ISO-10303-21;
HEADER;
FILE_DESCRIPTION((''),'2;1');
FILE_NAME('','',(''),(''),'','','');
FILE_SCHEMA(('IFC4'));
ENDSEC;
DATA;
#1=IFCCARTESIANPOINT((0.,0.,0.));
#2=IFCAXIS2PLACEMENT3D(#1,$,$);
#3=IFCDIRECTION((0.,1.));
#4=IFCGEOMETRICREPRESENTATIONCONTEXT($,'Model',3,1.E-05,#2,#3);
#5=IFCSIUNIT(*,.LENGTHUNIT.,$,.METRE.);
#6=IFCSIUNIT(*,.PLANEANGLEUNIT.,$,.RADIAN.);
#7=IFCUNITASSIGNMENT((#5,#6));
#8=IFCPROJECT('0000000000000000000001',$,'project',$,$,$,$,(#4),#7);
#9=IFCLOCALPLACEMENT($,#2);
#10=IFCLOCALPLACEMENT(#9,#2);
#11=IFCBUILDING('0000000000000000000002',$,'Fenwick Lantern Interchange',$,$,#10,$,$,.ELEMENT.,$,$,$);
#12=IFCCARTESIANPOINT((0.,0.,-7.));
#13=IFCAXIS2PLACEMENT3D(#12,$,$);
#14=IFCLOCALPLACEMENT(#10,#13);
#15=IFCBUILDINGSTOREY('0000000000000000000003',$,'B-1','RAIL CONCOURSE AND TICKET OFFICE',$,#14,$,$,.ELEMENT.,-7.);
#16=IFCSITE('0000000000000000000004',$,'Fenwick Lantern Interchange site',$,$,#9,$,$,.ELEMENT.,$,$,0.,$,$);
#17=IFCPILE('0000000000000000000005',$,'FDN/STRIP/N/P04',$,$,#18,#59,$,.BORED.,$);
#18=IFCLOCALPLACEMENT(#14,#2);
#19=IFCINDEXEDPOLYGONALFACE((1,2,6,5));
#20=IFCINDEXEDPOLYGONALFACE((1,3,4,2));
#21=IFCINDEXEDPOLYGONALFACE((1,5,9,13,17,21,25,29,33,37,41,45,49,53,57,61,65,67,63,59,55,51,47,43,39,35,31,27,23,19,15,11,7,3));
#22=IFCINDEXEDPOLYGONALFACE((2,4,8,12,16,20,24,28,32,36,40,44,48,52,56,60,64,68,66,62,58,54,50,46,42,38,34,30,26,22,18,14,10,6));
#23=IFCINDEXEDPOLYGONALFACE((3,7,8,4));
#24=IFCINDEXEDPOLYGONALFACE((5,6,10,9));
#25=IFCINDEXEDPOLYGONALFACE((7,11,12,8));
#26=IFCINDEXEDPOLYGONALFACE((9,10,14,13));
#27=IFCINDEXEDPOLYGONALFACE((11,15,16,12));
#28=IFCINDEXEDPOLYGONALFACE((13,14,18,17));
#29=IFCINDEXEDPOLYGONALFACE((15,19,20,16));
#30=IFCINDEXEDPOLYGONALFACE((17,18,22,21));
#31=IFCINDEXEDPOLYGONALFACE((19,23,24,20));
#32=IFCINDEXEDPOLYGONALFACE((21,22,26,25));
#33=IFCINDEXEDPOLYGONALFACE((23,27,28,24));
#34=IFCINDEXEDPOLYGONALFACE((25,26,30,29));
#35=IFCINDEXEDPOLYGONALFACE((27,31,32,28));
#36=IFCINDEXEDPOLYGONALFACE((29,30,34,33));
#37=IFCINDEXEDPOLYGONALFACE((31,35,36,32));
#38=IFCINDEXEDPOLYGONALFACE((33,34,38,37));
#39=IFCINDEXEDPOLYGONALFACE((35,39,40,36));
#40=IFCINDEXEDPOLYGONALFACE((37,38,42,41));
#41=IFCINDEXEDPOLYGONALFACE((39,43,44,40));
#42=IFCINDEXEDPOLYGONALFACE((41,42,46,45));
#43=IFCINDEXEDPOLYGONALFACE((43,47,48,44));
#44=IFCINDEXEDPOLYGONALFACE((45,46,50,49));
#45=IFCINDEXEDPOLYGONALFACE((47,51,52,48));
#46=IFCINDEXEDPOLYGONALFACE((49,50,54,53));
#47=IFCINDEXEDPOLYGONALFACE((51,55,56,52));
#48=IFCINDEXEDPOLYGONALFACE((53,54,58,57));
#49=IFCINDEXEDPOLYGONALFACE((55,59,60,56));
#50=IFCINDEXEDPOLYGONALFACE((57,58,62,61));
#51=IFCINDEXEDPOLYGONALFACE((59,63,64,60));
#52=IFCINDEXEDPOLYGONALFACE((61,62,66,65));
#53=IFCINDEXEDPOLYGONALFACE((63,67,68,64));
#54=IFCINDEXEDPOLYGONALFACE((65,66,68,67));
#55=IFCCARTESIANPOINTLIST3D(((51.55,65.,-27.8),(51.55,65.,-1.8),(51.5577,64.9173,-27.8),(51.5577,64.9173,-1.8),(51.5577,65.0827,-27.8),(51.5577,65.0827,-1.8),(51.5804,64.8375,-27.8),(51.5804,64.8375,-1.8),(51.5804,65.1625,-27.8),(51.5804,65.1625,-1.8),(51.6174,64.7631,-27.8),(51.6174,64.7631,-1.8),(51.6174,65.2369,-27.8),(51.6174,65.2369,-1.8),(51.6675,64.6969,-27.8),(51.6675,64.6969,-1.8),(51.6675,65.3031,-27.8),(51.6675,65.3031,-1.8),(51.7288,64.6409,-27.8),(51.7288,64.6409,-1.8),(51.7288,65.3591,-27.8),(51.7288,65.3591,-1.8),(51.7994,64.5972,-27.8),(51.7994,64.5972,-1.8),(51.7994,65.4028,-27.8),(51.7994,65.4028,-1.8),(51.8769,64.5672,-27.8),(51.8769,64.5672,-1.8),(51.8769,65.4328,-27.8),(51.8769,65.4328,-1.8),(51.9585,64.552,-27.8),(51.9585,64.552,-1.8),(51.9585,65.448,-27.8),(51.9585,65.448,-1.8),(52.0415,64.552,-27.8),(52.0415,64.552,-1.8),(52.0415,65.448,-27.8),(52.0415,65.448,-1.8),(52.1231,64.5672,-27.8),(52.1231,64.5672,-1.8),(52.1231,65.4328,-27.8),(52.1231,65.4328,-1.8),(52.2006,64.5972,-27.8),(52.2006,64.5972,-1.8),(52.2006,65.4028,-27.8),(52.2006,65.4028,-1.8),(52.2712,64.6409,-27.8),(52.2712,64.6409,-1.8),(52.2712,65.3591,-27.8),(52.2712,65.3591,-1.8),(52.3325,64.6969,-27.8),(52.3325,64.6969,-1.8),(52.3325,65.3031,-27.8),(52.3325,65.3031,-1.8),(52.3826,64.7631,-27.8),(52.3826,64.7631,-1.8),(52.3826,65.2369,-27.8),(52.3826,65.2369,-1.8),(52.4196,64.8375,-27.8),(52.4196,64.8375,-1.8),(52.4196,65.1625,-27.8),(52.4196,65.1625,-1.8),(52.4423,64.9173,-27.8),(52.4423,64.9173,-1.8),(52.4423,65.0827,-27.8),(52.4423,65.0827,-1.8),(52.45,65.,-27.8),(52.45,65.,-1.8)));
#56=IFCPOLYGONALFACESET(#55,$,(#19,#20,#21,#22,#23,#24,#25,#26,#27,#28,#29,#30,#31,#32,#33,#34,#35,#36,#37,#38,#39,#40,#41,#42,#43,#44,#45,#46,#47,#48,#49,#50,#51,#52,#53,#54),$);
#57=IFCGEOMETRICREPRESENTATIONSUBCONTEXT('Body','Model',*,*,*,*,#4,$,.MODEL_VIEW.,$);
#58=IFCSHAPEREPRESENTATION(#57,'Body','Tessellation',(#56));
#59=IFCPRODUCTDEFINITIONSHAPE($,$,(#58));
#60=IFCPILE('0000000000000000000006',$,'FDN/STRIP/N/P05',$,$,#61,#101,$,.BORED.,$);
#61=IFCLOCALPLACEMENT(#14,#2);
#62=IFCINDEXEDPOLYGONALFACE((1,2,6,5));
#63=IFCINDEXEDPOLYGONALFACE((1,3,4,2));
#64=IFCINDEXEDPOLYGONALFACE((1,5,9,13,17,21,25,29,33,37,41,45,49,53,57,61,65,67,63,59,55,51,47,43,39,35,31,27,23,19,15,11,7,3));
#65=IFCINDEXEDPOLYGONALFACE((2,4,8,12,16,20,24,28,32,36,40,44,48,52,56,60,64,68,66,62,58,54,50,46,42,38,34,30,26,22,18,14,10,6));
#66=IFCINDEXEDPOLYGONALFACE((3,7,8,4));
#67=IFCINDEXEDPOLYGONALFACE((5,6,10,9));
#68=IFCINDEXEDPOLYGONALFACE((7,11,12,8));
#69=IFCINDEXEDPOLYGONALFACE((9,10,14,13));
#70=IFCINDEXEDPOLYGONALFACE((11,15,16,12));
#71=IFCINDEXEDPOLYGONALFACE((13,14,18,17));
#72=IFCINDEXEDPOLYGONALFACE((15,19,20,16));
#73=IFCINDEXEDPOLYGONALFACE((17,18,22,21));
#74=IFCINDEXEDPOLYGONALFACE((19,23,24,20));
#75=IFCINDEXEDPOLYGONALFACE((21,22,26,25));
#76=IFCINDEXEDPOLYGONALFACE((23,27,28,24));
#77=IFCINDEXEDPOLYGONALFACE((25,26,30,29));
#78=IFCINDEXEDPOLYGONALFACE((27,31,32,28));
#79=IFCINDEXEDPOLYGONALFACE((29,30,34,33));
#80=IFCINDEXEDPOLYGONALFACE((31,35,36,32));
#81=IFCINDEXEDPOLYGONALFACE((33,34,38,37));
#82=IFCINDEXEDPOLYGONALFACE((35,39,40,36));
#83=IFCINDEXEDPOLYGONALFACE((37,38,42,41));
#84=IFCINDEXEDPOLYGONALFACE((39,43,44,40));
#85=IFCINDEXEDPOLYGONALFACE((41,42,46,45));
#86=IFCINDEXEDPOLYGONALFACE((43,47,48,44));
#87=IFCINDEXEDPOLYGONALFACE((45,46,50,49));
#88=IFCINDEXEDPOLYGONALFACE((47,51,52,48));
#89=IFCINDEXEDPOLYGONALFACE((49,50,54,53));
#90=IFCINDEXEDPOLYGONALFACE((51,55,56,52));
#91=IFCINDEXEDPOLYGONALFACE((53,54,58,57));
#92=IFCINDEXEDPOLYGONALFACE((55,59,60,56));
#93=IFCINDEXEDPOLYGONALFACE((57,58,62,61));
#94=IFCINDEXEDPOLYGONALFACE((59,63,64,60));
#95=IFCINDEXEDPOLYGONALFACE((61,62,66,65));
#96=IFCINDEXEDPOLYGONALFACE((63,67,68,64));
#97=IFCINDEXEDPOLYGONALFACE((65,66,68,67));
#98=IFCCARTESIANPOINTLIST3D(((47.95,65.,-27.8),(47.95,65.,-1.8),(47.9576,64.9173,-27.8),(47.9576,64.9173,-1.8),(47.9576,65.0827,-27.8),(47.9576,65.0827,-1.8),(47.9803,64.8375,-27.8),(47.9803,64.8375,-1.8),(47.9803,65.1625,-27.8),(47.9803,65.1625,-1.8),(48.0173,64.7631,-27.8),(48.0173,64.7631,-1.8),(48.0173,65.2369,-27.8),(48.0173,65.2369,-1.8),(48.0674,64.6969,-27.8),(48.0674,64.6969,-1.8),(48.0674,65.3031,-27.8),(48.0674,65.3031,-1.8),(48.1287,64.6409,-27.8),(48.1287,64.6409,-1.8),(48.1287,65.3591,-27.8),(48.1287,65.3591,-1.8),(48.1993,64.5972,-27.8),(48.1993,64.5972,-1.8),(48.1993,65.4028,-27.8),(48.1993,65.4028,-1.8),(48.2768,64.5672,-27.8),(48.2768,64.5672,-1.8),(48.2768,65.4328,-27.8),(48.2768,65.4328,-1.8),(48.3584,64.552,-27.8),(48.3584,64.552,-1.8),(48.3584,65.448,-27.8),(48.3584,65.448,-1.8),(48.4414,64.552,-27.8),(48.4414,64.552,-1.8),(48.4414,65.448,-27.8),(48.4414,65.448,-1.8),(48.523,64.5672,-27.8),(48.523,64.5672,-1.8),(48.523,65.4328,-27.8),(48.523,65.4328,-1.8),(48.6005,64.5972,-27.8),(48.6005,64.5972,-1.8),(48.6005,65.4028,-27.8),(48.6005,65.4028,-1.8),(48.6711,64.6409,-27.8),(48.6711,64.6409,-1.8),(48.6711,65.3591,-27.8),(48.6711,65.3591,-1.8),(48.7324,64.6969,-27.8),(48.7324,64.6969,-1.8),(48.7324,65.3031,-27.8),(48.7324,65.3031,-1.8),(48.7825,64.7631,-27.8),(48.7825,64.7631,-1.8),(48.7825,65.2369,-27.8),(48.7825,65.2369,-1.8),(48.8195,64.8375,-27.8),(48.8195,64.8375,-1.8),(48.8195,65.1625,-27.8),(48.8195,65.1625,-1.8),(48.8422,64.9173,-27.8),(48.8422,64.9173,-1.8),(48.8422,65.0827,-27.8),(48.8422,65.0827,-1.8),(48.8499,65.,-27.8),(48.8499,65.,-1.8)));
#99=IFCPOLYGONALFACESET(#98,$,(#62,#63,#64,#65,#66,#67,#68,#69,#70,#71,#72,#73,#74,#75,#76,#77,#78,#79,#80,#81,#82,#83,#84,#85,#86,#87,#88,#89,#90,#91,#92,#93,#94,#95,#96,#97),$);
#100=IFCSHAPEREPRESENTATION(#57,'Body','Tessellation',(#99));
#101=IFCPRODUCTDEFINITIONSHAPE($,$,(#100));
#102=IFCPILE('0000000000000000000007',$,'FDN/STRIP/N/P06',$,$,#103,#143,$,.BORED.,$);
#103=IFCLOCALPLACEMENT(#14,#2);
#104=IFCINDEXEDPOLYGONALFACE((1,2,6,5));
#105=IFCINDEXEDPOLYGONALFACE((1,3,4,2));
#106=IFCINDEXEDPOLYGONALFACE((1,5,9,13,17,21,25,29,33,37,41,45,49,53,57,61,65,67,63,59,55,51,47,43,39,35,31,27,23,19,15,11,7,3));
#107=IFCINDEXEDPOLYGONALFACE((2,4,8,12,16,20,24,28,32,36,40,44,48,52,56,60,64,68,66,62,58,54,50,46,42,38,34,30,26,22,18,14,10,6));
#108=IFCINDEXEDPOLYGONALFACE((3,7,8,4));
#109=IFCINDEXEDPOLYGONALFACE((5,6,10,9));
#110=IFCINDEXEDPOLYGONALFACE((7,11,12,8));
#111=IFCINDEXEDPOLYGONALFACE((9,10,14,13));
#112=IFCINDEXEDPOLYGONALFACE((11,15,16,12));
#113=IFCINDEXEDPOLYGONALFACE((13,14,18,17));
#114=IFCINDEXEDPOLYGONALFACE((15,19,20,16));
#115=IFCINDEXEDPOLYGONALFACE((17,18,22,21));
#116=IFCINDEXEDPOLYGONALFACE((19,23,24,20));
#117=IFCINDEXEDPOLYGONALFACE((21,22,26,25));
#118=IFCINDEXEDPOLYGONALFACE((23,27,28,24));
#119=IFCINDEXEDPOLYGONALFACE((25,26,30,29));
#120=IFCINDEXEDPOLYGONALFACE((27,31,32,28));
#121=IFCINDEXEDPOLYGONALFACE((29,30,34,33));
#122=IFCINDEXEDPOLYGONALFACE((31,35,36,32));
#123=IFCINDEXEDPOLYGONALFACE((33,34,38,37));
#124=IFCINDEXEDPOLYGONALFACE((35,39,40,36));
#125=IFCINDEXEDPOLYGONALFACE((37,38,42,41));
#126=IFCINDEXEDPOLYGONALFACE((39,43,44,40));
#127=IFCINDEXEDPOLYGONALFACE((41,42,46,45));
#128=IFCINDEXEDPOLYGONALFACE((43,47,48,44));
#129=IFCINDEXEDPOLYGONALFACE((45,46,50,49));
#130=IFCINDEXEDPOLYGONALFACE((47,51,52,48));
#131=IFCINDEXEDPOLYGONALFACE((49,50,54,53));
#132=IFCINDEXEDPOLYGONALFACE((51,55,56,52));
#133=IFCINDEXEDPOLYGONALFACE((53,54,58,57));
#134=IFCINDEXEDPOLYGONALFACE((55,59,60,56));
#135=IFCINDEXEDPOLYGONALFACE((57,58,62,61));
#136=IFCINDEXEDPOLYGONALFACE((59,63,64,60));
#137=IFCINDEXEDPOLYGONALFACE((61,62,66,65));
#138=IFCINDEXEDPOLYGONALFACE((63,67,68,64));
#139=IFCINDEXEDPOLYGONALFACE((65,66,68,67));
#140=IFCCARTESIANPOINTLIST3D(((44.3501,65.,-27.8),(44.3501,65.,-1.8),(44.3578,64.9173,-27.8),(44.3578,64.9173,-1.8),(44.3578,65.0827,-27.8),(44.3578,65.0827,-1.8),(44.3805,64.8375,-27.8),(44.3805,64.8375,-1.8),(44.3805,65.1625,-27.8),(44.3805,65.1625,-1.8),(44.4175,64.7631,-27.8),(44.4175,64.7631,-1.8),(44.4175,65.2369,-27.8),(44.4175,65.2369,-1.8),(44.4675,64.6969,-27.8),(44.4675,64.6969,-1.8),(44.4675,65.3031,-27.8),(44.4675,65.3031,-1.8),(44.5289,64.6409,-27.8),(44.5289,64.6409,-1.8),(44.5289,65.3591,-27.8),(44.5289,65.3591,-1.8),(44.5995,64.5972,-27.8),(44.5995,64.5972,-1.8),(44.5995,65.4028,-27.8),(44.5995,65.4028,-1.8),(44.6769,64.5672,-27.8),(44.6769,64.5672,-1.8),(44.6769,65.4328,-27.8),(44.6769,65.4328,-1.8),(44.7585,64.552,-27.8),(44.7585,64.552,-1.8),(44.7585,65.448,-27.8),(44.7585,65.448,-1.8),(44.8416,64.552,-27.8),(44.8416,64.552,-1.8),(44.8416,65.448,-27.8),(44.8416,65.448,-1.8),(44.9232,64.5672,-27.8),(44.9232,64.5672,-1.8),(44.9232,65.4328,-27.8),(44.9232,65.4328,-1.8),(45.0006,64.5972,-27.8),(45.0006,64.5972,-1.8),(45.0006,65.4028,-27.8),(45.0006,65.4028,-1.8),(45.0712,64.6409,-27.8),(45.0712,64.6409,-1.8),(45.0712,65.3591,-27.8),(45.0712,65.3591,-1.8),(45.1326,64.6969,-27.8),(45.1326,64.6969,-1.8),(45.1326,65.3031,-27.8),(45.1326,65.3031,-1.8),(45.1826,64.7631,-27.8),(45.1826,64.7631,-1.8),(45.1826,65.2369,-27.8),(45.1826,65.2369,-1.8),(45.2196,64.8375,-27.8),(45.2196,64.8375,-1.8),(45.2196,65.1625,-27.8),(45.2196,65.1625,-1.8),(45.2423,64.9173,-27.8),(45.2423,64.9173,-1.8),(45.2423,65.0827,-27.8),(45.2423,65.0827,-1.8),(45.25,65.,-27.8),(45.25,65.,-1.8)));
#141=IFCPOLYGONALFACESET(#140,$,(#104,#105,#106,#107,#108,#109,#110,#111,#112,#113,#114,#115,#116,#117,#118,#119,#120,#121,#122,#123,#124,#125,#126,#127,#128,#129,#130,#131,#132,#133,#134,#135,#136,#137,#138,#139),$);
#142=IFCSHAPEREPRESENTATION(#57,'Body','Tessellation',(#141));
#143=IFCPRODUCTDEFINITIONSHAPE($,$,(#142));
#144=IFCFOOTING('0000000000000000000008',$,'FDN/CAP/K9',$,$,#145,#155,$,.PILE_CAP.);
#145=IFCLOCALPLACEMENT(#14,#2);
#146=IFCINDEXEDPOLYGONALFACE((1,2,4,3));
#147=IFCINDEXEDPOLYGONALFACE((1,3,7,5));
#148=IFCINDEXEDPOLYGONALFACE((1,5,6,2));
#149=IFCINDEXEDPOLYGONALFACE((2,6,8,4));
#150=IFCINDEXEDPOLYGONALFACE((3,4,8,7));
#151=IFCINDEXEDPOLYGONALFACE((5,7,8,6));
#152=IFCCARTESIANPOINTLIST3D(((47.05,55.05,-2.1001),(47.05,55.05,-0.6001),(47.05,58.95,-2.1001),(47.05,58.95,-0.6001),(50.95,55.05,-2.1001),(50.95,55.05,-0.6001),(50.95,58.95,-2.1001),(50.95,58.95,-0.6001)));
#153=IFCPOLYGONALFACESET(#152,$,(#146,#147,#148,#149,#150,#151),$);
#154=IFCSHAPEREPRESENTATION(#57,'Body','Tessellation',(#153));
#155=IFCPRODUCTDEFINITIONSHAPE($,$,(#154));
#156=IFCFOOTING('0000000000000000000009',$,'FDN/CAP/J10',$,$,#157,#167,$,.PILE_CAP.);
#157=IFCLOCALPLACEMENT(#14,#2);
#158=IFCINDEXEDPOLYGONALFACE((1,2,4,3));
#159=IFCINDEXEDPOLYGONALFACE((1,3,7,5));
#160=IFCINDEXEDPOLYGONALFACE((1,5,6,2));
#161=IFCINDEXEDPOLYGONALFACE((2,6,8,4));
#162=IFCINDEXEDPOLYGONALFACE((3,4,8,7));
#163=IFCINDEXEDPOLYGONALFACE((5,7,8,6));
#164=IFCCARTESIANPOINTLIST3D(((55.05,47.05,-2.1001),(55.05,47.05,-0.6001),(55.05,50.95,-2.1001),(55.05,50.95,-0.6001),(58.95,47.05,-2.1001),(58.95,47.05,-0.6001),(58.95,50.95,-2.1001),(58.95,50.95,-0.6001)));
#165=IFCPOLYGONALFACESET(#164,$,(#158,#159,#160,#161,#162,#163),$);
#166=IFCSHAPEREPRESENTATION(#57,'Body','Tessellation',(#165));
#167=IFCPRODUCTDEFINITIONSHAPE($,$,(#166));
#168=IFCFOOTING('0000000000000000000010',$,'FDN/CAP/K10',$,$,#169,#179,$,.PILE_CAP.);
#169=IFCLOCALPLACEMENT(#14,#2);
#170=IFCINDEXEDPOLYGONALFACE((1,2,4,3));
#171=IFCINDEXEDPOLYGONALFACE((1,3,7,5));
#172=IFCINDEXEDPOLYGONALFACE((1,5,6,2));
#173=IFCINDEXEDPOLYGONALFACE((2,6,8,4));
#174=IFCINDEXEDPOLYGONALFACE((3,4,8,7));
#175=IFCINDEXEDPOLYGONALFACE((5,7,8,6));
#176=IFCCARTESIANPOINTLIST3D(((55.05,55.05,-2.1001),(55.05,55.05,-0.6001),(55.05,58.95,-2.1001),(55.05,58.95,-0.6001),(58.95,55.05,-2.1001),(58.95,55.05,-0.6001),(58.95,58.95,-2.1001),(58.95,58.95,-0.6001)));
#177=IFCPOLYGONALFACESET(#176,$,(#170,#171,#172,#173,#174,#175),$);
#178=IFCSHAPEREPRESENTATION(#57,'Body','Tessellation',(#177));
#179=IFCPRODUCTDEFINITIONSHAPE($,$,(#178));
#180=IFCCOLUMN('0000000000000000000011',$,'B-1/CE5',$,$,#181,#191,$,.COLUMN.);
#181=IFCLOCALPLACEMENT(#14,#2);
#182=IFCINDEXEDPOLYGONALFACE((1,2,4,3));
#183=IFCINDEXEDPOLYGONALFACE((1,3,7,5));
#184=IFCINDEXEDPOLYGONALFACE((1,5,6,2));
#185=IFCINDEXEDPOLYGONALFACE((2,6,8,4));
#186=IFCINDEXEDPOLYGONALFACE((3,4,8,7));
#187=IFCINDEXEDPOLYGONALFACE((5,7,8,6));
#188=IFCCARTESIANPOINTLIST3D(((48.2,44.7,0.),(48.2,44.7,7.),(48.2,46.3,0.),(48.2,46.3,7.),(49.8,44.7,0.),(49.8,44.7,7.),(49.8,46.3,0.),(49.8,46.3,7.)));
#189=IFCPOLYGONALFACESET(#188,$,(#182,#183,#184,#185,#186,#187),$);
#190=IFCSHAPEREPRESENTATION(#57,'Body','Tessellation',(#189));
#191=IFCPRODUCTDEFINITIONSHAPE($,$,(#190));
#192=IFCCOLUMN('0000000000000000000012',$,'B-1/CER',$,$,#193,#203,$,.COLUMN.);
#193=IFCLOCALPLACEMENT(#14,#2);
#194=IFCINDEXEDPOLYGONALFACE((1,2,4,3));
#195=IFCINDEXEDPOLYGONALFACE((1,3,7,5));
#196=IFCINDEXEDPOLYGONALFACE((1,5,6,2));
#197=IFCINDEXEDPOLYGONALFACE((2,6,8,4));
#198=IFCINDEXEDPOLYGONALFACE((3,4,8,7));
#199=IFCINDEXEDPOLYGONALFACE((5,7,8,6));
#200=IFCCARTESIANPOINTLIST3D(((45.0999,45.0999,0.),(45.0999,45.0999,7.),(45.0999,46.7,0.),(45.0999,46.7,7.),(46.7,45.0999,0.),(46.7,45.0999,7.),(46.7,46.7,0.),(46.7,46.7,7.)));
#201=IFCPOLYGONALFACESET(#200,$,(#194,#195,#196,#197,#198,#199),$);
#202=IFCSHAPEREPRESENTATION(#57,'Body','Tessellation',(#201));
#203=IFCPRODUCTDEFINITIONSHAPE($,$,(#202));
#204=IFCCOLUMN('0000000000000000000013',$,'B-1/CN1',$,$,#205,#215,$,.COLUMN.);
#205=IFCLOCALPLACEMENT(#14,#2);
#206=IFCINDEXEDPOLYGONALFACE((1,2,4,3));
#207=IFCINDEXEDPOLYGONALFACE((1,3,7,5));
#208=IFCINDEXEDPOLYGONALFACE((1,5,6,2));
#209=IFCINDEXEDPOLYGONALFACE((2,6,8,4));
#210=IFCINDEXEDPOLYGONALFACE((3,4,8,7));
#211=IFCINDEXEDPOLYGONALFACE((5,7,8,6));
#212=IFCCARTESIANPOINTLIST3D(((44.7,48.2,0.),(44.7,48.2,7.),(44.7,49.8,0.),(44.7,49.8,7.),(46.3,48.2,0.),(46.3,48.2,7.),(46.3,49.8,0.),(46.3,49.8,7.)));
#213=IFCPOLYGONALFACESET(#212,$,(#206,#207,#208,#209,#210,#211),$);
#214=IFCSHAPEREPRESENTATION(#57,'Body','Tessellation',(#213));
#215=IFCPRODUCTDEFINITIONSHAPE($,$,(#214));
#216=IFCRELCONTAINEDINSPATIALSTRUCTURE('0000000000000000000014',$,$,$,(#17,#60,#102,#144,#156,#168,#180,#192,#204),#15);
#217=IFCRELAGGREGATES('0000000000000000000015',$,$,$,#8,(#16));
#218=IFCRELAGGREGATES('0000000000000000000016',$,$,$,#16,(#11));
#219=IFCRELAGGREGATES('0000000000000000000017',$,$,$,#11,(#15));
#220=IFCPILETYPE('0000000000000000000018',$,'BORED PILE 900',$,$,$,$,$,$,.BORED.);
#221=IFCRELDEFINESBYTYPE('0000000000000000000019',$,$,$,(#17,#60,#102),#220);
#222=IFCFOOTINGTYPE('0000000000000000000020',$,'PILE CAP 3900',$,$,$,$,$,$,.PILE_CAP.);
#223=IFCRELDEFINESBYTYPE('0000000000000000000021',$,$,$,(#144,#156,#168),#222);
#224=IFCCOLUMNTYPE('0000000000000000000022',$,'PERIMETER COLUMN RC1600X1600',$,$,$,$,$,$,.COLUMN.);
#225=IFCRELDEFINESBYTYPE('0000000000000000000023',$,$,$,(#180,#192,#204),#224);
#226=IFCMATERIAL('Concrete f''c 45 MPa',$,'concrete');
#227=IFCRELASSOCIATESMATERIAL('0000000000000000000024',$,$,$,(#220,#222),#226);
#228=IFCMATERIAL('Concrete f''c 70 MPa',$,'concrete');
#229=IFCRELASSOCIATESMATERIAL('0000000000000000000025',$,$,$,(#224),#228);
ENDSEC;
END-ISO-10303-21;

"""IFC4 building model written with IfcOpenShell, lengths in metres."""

from ifc_helpers import new_model, si_unit, direction, frame, origin, origin_2d, place, context, subcontext, project, spatial, rectangle, circle, extrude, material, material_profile, profile_set, type_object, element, save


model = new_model("IFC4")

# Units and contexts
model_context = context("Model", 3, precision=1e-05, world=origin(), true_north=direction((0.0, 1.0)))
body_context = subcontext(model_context, "Body", "Model", "MODEL_VIEW")
ifc_project = project(units=[si_unit("LENGTHUNIT", "METRE"), si_unit("PLANEANGLEUNIT", "RADIAN")], contexts=[model_context])

# Site, building, storey
site_placement = place(None, origin())
site = spatial("IfcSite", under=ifc_project, at=site_placement, Name="Fenwick Lantern Interchange site", CompositionType="ELEMENT", RefElevation=0.0)
building_placement = place(site_placement, origin())
building = spatial("IfcBuilding", under=site, at=building_placement, Name="Fenwick Lantern Interchange", CompositionType="ELEMENT")
storey_placement = place(building_placement, frame((0.0, 0.0, -7.0)))
storey = spatial("IfcBuildingStorey", under=building, at=storey_placement, Name="B-1", Description="RAIL CONCOURSE AND TICKET OFFICE", CompositionType="ELEMENT", Elevation=-7.0)

# Piles
ifc_material_1 = material(Name="Concrete f'c 45 MPa", Category="concrete")
pile_type_1 = type_object("IfcPileType", Name="BORED PILE 900", PredefinedType="BORED", material=ifc_material_1)
for number, where, z_axis, x_axis, name in (
    (1, (52.0, 65.0, -1.8), (0.0, 0.0, -1.0), (1.0, 0.0, 0.0), "FDN/STRIP/N/P04"),
    (2, (48.3999, 65.0, -1.8), (0.0, 0.0, -1.0), (1.0, 0.0, 0.0), "FDN/STRIP/N/P05"),
    (3, (44.8, 65.0, -1.8), (0.0, 0.0, -1.0), (1.0, 0.0, 0.0), "FDN/STRIP/N/P06"),
):
    element("IfcPile", number, at=place(storey_placement, frame(where, z_axis=z_axis, x_axis=x_axis)), inside=storey, type_object=pile_type_1, Name=name, PredefinedType="BORED", context=body_context, shape_type="SweptSolid", body=[
        extrude(circle(Radius=0.45, at=origin_2d()), origin(), (0.0, 0.0, 1.0), 26.0),
    ])

# Footings
footing_type = type_object("IfcFootingType", Name="PILE CAP 3900", PredefinedType="PILE_CAP", material=ifc_material_1)
for number, where, z_axis, x_axis, name in (
    (4, (49.0, 57.0, -2.1001), (0.0, 0.0, 1.0), (1.0, 0.0, 0.0), "FDN/CAP/K9"),
    (5, (57.0, 49.0, -2.1001), (0.0, 0.0, 1.0), (1.0, 0.0, 0.0), "FDN/CAP/J10"),
    (6, (57.0, 57.0, -2.1001), (0.0, 0.0, 1.0), (1.0, 0.0, 0.0), "FDN/CAP/K10"),
):
    element("IfcFooting", number, at=place(storey_placement, frame(where, z_axis=z_axis, x_axis=x_axis)), inside=storey, type_object=footing_type, Name=name, PredefinedType="PILE_CAP", context=body_context, shape_type="SweptSolid", body=[
        extrude(rectangle(XDim=3.8999, YDim=3.8999, at=origin_2d()), origin(), (0.0, 0.0, 1.0), 1.5),
    ])

# Columns
ifc_material_2 = material(Name="Concrete f'c 70 MPa", Category="concrete")
ifc_material_profile_1 = material_profile(ifc_material_2, rectangle(XDim=1.6001, YDim=1.6001, at=origin_2d()), Name="RC1600X1600")
ifc_profile_set_1 = profile_set([ifc_material_profile_1], Name="Concrete f'c 70 MPa")
column_type_1 = type_object("IfcColumnType", Name="PERIMETER COLUMN RC1600X1600", PredefinedType="COLUMN", material=ifc_profile_set_1)
for number, where, z_axis, x_axis, name in (
    (7, (49.0, 45.5, 0.0), (0.0, 0.0, 1.0), (1.0, 0.0, 0.0), "B-1/CE5"),
    (8, (45.8999, 45.8999, 0.0), (0.0, 0.0, 1.0), (1.0, 0.0, 0.0), "B-1/CER"),
    (9, (45.5, 49.0, 0.0), (0.0, 0.0, 1.0), (1.0, 0.0, 0.0), "B-1/CN1"),
):
    element("IfcColumn", number, at=place(storey_placement, frame(where, z_axis=z_axis, x_axis=x_axis)), inside=storey, type_object=column_type_1, Name=name, PredefinedType="COLUMN", context=body_context, shape_type="SweptSolid", body=[
        extrude(rectangle(XDim=1.6001, YDim=1.6001, at=origin_2d()), origin(), (0.0, 0.0, 1.0), 7.0),
    ])

save(model, "model.ifc")
